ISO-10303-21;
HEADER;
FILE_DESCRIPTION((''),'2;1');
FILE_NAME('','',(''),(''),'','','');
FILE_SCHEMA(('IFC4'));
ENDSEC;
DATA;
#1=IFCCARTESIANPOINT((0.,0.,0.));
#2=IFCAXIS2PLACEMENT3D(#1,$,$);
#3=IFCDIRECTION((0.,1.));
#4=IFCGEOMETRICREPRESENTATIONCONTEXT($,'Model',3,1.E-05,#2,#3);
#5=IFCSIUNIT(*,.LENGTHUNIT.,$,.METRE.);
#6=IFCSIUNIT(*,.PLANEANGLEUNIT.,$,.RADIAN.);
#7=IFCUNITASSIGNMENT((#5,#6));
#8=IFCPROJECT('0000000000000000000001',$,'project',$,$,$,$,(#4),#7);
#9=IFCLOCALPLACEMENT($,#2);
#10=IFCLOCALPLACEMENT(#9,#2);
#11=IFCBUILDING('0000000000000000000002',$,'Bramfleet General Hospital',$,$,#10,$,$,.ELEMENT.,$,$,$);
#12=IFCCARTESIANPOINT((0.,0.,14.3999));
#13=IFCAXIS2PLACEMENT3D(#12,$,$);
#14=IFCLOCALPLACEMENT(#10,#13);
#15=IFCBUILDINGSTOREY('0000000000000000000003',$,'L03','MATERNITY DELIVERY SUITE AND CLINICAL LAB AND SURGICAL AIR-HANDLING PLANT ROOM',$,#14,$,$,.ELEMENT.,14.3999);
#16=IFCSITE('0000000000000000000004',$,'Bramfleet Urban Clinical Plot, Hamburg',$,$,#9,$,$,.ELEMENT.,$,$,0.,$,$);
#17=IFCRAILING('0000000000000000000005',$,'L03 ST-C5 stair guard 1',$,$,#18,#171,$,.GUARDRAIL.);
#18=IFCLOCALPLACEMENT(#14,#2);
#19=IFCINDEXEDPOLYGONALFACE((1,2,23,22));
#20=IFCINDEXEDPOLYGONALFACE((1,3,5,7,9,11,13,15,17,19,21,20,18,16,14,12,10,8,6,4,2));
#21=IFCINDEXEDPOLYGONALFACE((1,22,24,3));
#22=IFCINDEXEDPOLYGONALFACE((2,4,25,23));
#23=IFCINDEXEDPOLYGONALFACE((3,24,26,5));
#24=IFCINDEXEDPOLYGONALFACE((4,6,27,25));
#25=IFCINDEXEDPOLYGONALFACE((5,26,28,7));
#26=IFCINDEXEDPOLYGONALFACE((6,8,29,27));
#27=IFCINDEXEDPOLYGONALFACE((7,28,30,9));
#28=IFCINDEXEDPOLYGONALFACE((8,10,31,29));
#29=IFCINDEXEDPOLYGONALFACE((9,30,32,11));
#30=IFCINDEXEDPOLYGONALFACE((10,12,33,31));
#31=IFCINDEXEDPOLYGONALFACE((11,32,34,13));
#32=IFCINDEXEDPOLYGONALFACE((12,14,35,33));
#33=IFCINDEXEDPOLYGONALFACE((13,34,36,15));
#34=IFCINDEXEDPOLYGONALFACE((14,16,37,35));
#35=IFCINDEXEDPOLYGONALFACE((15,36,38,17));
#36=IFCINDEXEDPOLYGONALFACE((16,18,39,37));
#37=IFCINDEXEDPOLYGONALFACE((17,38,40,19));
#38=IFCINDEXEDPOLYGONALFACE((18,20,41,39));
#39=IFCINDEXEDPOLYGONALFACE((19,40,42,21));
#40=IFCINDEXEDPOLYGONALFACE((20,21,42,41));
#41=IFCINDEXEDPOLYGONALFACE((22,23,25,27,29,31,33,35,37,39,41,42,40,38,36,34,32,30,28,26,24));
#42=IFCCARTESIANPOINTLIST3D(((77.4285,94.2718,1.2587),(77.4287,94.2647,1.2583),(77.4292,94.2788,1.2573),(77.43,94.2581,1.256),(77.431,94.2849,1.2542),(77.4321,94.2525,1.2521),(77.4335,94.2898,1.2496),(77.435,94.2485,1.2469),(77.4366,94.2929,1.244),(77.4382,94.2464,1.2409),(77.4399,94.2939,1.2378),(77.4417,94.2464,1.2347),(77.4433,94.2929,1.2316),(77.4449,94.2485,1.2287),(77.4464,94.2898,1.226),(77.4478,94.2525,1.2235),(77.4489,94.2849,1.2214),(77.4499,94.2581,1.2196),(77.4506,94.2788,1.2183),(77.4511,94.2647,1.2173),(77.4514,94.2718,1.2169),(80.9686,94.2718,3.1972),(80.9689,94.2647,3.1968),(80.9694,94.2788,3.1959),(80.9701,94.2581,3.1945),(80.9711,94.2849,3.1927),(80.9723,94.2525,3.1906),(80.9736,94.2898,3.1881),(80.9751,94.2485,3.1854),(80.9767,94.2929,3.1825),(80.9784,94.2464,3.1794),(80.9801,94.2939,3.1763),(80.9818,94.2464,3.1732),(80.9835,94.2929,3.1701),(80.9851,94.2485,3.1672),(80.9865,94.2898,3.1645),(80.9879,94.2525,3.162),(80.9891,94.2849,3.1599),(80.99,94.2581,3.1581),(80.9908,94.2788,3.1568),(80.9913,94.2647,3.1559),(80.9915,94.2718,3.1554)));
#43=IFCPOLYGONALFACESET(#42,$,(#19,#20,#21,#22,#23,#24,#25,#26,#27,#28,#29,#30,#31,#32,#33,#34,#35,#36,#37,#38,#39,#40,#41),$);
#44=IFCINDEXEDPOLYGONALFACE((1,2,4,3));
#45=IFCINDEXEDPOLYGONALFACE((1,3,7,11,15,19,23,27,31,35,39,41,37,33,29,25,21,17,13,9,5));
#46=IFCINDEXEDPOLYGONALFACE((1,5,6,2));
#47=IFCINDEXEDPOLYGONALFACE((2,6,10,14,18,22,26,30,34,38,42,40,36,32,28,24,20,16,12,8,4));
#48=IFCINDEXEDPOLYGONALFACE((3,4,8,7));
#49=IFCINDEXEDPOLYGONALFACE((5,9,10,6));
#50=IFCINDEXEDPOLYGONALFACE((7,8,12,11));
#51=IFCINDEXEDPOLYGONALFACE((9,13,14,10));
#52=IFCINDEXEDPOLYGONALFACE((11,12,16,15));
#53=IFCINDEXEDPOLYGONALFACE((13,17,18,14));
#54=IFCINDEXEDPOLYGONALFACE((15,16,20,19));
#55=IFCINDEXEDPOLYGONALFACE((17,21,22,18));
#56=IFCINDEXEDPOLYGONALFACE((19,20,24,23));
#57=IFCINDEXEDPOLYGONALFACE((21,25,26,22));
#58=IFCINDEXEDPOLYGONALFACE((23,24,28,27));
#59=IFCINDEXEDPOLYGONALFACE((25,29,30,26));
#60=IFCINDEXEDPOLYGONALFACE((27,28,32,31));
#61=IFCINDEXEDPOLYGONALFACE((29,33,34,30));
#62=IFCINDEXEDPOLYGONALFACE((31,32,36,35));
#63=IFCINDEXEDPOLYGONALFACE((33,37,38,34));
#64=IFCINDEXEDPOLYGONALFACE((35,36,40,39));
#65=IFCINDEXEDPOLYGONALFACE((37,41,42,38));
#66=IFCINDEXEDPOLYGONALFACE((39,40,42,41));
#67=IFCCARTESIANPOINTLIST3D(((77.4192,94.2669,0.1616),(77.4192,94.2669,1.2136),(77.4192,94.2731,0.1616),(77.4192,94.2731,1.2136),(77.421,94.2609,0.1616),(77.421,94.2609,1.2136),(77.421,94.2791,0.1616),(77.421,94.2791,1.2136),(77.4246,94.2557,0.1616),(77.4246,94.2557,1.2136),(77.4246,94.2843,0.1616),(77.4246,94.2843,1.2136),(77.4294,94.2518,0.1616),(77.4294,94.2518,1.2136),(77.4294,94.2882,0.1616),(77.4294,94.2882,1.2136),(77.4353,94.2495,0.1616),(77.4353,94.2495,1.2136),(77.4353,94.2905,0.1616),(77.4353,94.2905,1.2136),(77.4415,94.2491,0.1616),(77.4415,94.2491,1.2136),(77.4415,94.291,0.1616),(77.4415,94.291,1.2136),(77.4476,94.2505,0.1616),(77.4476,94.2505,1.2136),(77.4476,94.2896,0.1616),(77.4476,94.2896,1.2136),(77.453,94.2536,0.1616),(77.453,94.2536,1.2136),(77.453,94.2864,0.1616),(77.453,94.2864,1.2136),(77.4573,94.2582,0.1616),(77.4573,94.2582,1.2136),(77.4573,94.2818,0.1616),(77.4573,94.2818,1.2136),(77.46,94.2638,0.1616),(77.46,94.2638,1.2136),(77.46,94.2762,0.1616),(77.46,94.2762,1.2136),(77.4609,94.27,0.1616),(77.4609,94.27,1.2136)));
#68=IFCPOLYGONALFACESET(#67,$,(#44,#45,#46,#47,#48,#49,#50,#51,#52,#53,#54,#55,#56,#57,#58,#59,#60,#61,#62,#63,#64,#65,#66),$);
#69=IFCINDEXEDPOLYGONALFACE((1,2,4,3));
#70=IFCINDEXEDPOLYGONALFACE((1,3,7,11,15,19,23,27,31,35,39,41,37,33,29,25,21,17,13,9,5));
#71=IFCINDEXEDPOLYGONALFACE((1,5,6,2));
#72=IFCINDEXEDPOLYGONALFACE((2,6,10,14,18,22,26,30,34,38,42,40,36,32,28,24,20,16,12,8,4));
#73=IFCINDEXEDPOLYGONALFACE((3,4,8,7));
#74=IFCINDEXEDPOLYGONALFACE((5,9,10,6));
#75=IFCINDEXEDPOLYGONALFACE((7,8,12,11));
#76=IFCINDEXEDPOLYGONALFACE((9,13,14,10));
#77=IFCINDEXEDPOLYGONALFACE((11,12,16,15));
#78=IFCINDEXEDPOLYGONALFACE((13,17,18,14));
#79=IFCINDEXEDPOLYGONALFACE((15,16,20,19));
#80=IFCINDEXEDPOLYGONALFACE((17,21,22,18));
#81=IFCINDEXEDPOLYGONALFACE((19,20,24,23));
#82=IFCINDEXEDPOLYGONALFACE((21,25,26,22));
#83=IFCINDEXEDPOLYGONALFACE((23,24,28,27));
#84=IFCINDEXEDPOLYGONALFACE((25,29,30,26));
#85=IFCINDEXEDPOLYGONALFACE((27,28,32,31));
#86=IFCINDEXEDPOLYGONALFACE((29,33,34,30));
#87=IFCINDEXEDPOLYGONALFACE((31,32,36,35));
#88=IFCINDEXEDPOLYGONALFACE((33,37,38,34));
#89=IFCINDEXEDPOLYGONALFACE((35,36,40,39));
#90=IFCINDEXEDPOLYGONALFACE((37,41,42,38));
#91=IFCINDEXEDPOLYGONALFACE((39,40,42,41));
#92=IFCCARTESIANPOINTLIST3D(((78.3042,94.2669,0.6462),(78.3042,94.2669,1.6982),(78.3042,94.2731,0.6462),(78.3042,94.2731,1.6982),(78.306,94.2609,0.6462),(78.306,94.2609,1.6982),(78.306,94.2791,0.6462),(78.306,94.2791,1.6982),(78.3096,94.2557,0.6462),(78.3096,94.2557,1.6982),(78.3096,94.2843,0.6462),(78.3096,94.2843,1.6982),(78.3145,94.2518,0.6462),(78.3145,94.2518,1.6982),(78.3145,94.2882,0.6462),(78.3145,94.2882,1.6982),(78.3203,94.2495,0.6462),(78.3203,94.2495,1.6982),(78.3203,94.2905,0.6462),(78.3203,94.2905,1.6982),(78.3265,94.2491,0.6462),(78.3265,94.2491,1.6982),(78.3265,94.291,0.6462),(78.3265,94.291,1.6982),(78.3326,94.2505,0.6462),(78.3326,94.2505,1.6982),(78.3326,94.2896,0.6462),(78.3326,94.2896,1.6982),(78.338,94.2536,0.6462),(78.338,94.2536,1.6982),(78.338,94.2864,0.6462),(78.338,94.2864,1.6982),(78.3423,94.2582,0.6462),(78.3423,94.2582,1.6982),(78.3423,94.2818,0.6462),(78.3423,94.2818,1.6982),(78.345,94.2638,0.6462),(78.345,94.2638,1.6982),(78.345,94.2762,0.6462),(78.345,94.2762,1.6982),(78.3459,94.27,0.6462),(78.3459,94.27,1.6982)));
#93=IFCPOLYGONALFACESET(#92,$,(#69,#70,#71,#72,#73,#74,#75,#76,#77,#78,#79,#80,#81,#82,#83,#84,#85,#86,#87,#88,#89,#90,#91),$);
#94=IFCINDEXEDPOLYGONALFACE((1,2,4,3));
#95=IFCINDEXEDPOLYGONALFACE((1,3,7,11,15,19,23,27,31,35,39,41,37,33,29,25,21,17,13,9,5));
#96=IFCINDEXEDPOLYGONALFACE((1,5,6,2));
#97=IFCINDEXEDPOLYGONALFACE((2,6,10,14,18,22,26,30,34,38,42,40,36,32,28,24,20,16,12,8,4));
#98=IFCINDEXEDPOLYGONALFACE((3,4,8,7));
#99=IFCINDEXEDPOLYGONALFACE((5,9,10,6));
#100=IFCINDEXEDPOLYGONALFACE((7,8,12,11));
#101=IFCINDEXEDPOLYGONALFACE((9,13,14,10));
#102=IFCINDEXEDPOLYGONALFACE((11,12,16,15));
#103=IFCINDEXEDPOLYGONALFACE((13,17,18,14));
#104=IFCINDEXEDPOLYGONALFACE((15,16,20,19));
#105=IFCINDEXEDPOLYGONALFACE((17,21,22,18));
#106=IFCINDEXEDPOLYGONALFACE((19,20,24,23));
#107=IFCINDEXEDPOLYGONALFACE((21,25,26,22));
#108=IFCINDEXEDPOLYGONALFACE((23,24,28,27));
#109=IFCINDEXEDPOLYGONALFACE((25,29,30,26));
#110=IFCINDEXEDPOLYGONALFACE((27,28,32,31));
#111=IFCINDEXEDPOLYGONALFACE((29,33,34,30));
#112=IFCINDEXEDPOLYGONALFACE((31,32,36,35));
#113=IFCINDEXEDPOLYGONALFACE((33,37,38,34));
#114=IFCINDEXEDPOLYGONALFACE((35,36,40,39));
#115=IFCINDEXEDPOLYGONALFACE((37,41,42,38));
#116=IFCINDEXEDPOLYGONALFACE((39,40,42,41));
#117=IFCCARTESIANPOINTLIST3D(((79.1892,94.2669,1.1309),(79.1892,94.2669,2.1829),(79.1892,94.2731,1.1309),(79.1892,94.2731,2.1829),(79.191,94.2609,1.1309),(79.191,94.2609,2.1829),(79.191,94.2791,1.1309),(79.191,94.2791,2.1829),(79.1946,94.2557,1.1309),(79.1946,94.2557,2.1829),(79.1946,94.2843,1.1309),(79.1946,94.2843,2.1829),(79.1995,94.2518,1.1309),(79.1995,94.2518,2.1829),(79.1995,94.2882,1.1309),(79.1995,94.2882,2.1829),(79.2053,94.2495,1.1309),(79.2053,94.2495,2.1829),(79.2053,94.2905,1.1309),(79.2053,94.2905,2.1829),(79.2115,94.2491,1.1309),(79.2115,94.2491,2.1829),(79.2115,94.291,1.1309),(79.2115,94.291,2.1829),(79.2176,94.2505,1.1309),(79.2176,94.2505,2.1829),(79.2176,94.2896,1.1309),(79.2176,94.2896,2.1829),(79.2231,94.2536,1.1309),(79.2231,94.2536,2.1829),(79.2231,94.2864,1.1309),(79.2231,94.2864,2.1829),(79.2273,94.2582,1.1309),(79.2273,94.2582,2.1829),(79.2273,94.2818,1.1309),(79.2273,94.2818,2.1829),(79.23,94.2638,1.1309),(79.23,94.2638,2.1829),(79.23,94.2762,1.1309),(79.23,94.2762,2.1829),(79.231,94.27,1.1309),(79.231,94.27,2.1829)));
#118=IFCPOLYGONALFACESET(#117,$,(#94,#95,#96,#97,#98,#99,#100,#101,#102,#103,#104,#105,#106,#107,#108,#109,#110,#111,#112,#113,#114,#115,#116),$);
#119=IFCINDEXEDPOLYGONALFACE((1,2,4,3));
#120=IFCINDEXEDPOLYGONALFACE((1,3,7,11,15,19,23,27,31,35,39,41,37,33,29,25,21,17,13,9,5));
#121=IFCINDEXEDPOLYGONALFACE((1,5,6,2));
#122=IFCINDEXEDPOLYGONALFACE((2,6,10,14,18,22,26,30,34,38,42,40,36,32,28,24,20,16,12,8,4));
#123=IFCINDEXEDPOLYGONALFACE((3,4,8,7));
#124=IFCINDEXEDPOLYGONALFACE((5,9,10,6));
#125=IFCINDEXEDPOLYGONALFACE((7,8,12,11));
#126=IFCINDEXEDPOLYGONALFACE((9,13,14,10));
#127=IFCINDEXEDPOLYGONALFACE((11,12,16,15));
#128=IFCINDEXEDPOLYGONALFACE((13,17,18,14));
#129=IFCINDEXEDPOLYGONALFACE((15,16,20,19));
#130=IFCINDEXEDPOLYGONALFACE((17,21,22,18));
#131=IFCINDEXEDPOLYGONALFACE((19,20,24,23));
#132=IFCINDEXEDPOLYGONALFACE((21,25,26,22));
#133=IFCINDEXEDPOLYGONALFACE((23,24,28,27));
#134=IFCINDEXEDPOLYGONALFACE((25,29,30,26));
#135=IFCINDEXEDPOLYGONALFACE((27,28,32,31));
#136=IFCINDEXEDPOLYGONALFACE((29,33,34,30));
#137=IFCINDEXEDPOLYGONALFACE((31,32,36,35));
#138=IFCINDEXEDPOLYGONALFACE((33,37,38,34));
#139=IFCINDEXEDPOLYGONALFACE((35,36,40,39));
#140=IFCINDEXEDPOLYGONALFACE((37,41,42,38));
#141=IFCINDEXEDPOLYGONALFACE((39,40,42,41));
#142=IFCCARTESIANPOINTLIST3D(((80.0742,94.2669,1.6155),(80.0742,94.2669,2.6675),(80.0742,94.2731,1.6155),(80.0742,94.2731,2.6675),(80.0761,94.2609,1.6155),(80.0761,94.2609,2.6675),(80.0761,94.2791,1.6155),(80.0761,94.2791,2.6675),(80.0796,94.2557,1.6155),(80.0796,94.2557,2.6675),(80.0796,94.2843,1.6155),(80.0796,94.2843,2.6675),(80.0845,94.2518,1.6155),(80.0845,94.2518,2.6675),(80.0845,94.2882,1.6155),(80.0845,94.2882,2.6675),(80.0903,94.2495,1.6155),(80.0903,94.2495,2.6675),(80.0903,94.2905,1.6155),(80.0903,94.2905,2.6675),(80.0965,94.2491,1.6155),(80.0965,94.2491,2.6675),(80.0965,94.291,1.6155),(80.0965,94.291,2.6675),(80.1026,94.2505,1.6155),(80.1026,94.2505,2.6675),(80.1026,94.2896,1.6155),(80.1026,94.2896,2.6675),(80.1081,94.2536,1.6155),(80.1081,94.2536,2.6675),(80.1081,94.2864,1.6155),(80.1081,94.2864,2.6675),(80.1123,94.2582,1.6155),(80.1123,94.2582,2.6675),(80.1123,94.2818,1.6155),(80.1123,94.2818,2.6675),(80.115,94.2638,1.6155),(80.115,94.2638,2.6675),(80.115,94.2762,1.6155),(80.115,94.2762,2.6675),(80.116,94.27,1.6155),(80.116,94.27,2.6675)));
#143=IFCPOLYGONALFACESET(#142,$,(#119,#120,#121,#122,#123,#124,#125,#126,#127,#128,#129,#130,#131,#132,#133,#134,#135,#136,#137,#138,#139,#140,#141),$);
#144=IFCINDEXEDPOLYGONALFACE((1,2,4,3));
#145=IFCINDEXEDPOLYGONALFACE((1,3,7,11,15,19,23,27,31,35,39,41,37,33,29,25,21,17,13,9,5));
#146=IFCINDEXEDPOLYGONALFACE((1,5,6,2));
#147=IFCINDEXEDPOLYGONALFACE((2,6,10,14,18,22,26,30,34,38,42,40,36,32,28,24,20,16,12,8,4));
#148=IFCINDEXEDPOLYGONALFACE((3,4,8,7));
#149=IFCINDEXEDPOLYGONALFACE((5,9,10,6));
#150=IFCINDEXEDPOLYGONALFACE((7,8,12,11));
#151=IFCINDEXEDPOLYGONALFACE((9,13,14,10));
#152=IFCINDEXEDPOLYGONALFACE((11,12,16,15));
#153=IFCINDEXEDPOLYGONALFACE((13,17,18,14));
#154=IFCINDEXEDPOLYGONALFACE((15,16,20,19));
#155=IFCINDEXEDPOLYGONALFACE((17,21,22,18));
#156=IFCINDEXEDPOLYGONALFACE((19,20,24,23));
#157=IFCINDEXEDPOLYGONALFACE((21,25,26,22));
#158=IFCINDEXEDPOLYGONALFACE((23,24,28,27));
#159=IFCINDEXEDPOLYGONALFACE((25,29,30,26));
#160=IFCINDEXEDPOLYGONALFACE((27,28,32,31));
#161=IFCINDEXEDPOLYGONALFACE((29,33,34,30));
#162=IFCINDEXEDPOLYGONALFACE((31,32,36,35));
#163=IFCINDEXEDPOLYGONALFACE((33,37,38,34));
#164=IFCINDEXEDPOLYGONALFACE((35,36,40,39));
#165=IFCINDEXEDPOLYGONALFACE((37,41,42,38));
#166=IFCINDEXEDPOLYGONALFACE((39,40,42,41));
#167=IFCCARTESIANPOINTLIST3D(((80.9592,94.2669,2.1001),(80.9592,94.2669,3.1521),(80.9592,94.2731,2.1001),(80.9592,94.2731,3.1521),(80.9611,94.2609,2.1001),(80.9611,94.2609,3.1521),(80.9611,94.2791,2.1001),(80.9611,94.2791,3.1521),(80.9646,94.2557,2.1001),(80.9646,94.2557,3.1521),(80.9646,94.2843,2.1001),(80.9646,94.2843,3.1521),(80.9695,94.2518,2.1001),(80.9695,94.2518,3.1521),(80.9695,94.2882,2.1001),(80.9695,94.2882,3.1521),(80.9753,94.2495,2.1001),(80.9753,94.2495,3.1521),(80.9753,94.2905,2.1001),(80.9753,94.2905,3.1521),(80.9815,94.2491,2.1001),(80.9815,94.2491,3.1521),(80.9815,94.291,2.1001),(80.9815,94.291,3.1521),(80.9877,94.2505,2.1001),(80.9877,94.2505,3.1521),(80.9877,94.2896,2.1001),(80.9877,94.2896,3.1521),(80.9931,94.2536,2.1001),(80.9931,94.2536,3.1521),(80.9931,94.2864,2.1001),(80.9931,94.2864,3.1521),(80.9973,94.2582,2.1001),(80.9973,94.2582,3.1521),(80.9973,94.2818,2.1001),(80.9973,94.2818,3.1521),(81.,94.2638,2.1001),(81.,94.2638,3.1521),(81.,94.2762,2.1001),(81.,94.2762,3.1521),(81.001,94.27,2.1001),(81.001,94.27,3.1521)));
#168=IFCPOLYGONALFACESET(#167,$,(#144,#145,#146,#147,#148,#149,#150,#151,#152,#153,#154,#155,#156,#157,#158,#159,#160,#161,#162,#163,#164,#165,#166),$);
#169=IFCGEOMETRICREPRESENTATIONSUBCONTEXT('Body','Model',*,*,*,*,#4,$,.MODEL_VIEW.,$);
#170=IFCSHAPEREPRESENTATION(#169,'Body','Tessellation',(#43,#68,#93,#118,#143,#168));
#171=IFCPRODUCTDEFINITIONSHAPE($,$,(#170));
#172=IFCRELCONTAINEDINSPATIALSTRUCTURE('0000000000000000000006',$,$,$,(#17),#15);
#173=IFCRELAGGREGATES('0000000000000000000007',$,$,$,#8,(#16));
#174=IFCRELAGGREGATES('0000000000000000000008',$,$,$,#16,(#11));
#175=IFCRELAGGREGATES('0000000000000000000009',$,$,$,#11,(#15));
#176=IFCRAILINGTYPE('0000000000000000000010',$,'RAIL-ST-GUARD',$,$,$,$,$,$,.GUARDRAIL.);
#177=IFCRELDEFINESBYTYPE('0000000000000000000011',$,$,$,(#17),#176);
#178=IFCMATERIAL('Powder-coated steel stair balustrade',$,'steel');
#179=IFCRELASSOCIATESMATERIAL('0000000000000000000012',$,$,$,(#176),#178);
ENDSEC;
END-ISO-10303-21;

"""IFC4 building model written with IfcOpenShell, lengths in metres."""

from ifc_helpers import new_model, si_unit, direction, frame, origin, origin_2d, place, context, subcontext, project, spatial, circle, extrude, material, type_object, element, save


model = new_model("IFC4")

# Units and contexts
model_context = context("Model", 3, precision=1e-05, world=origin(), true_north=direction((0.0, 1.0)))
body_context = subcontext(model_context, "Body", "Model", "MODEL_VIEW")
ifc_project = project(units=[si_unit("LENGTHUNIT", "METRE"), si_unit("PLANEANGLEUNIT", "RADIAN")], contexts=[model_context])

# Site, building, storey
site_placement = place(None, origin())
site = spatial("IfcSite", under=ifc_project, at=site_placement, Name="Bramfleet Urban Clinical Plot, Hamburg", CompositionType="ELEMENT", RefElevation=0.0)
building_placement = place(site_placement, origin())
building = spatial("IfcBuilding", under=site, at=building_placement, Name="Bramfleet General Hospital", CompositionType="ELEMENT")
storey_placement = place(building_placement, frame((0.0, 0.0, 14.3999)))
storey = spatial("IfcBuildingStorey", under=building, at=storey_placement, Name="L03", Description="MATERNITY DELIVERY SUITE AND CLINICAL LAB AND SURGICAL AIR-HANDLING PLANT ROOM", CompositionType="ELEMENT", Elevation=14.3999)

# Railing
ifc_material_1 = material(Name="Powder-coated steel stair balustrade", Category="steel")
railing_type_1 = type_object("IfcRailingType", Name="RAIL-ST-GUARD", PredefinedType="GUARDRAIL", material=ifc_material_1)
railing_1_placement = place(storey_placement, frame((77.4399, 94.27, 0.1616)))
element("IfcRailing", 1, at=railing_1_placement, inside=storey, type_object=railing_type_1, Name="L03 ST-C5 stair guard 1", PredefinedType="GUARDRAIL", context=body_context, shape_type="SweptSolid", body=[
    extrude(circle(Radius=0.0239, at=origin_2d()), frame((0.0, 0.0, 1.0762), z_axis=(0.877108, 0.0, 0.480292), x_axis=(0.0, 1.0, 0.0)), (0.0, 0.0, 1.0), 4.0361),
    extrude(circle(Radius=0.021, at=origin_2d()), origin(), (0.0, 0.0, 1.0), 1.052),
    extrude(circle(Radius=0.021, at=origin_2d()), frame((0.885, 0.0, 0.4846)), (0.0, 0.0, 1.0), 1.052),
    extrude(circle(Radius=0.021, at=origin_2d()), frame((1.77, 0.0, 0.9692)), (0.0, 0.0, 1.0), 1.052),
    extrude(circle(Radius=0.021, at=origin_2d()), frame((2.655, 0.0, 1.4539)), (0.0, 0.0, 1.0), 1.052),
    extrude(circle(Radius=0.021, at=origin_2d()), frame((3.54, 0.0, 1.9385)), (0.0, 0.0, 1.0), 1.052),
])

save(model, "model.ifc")
